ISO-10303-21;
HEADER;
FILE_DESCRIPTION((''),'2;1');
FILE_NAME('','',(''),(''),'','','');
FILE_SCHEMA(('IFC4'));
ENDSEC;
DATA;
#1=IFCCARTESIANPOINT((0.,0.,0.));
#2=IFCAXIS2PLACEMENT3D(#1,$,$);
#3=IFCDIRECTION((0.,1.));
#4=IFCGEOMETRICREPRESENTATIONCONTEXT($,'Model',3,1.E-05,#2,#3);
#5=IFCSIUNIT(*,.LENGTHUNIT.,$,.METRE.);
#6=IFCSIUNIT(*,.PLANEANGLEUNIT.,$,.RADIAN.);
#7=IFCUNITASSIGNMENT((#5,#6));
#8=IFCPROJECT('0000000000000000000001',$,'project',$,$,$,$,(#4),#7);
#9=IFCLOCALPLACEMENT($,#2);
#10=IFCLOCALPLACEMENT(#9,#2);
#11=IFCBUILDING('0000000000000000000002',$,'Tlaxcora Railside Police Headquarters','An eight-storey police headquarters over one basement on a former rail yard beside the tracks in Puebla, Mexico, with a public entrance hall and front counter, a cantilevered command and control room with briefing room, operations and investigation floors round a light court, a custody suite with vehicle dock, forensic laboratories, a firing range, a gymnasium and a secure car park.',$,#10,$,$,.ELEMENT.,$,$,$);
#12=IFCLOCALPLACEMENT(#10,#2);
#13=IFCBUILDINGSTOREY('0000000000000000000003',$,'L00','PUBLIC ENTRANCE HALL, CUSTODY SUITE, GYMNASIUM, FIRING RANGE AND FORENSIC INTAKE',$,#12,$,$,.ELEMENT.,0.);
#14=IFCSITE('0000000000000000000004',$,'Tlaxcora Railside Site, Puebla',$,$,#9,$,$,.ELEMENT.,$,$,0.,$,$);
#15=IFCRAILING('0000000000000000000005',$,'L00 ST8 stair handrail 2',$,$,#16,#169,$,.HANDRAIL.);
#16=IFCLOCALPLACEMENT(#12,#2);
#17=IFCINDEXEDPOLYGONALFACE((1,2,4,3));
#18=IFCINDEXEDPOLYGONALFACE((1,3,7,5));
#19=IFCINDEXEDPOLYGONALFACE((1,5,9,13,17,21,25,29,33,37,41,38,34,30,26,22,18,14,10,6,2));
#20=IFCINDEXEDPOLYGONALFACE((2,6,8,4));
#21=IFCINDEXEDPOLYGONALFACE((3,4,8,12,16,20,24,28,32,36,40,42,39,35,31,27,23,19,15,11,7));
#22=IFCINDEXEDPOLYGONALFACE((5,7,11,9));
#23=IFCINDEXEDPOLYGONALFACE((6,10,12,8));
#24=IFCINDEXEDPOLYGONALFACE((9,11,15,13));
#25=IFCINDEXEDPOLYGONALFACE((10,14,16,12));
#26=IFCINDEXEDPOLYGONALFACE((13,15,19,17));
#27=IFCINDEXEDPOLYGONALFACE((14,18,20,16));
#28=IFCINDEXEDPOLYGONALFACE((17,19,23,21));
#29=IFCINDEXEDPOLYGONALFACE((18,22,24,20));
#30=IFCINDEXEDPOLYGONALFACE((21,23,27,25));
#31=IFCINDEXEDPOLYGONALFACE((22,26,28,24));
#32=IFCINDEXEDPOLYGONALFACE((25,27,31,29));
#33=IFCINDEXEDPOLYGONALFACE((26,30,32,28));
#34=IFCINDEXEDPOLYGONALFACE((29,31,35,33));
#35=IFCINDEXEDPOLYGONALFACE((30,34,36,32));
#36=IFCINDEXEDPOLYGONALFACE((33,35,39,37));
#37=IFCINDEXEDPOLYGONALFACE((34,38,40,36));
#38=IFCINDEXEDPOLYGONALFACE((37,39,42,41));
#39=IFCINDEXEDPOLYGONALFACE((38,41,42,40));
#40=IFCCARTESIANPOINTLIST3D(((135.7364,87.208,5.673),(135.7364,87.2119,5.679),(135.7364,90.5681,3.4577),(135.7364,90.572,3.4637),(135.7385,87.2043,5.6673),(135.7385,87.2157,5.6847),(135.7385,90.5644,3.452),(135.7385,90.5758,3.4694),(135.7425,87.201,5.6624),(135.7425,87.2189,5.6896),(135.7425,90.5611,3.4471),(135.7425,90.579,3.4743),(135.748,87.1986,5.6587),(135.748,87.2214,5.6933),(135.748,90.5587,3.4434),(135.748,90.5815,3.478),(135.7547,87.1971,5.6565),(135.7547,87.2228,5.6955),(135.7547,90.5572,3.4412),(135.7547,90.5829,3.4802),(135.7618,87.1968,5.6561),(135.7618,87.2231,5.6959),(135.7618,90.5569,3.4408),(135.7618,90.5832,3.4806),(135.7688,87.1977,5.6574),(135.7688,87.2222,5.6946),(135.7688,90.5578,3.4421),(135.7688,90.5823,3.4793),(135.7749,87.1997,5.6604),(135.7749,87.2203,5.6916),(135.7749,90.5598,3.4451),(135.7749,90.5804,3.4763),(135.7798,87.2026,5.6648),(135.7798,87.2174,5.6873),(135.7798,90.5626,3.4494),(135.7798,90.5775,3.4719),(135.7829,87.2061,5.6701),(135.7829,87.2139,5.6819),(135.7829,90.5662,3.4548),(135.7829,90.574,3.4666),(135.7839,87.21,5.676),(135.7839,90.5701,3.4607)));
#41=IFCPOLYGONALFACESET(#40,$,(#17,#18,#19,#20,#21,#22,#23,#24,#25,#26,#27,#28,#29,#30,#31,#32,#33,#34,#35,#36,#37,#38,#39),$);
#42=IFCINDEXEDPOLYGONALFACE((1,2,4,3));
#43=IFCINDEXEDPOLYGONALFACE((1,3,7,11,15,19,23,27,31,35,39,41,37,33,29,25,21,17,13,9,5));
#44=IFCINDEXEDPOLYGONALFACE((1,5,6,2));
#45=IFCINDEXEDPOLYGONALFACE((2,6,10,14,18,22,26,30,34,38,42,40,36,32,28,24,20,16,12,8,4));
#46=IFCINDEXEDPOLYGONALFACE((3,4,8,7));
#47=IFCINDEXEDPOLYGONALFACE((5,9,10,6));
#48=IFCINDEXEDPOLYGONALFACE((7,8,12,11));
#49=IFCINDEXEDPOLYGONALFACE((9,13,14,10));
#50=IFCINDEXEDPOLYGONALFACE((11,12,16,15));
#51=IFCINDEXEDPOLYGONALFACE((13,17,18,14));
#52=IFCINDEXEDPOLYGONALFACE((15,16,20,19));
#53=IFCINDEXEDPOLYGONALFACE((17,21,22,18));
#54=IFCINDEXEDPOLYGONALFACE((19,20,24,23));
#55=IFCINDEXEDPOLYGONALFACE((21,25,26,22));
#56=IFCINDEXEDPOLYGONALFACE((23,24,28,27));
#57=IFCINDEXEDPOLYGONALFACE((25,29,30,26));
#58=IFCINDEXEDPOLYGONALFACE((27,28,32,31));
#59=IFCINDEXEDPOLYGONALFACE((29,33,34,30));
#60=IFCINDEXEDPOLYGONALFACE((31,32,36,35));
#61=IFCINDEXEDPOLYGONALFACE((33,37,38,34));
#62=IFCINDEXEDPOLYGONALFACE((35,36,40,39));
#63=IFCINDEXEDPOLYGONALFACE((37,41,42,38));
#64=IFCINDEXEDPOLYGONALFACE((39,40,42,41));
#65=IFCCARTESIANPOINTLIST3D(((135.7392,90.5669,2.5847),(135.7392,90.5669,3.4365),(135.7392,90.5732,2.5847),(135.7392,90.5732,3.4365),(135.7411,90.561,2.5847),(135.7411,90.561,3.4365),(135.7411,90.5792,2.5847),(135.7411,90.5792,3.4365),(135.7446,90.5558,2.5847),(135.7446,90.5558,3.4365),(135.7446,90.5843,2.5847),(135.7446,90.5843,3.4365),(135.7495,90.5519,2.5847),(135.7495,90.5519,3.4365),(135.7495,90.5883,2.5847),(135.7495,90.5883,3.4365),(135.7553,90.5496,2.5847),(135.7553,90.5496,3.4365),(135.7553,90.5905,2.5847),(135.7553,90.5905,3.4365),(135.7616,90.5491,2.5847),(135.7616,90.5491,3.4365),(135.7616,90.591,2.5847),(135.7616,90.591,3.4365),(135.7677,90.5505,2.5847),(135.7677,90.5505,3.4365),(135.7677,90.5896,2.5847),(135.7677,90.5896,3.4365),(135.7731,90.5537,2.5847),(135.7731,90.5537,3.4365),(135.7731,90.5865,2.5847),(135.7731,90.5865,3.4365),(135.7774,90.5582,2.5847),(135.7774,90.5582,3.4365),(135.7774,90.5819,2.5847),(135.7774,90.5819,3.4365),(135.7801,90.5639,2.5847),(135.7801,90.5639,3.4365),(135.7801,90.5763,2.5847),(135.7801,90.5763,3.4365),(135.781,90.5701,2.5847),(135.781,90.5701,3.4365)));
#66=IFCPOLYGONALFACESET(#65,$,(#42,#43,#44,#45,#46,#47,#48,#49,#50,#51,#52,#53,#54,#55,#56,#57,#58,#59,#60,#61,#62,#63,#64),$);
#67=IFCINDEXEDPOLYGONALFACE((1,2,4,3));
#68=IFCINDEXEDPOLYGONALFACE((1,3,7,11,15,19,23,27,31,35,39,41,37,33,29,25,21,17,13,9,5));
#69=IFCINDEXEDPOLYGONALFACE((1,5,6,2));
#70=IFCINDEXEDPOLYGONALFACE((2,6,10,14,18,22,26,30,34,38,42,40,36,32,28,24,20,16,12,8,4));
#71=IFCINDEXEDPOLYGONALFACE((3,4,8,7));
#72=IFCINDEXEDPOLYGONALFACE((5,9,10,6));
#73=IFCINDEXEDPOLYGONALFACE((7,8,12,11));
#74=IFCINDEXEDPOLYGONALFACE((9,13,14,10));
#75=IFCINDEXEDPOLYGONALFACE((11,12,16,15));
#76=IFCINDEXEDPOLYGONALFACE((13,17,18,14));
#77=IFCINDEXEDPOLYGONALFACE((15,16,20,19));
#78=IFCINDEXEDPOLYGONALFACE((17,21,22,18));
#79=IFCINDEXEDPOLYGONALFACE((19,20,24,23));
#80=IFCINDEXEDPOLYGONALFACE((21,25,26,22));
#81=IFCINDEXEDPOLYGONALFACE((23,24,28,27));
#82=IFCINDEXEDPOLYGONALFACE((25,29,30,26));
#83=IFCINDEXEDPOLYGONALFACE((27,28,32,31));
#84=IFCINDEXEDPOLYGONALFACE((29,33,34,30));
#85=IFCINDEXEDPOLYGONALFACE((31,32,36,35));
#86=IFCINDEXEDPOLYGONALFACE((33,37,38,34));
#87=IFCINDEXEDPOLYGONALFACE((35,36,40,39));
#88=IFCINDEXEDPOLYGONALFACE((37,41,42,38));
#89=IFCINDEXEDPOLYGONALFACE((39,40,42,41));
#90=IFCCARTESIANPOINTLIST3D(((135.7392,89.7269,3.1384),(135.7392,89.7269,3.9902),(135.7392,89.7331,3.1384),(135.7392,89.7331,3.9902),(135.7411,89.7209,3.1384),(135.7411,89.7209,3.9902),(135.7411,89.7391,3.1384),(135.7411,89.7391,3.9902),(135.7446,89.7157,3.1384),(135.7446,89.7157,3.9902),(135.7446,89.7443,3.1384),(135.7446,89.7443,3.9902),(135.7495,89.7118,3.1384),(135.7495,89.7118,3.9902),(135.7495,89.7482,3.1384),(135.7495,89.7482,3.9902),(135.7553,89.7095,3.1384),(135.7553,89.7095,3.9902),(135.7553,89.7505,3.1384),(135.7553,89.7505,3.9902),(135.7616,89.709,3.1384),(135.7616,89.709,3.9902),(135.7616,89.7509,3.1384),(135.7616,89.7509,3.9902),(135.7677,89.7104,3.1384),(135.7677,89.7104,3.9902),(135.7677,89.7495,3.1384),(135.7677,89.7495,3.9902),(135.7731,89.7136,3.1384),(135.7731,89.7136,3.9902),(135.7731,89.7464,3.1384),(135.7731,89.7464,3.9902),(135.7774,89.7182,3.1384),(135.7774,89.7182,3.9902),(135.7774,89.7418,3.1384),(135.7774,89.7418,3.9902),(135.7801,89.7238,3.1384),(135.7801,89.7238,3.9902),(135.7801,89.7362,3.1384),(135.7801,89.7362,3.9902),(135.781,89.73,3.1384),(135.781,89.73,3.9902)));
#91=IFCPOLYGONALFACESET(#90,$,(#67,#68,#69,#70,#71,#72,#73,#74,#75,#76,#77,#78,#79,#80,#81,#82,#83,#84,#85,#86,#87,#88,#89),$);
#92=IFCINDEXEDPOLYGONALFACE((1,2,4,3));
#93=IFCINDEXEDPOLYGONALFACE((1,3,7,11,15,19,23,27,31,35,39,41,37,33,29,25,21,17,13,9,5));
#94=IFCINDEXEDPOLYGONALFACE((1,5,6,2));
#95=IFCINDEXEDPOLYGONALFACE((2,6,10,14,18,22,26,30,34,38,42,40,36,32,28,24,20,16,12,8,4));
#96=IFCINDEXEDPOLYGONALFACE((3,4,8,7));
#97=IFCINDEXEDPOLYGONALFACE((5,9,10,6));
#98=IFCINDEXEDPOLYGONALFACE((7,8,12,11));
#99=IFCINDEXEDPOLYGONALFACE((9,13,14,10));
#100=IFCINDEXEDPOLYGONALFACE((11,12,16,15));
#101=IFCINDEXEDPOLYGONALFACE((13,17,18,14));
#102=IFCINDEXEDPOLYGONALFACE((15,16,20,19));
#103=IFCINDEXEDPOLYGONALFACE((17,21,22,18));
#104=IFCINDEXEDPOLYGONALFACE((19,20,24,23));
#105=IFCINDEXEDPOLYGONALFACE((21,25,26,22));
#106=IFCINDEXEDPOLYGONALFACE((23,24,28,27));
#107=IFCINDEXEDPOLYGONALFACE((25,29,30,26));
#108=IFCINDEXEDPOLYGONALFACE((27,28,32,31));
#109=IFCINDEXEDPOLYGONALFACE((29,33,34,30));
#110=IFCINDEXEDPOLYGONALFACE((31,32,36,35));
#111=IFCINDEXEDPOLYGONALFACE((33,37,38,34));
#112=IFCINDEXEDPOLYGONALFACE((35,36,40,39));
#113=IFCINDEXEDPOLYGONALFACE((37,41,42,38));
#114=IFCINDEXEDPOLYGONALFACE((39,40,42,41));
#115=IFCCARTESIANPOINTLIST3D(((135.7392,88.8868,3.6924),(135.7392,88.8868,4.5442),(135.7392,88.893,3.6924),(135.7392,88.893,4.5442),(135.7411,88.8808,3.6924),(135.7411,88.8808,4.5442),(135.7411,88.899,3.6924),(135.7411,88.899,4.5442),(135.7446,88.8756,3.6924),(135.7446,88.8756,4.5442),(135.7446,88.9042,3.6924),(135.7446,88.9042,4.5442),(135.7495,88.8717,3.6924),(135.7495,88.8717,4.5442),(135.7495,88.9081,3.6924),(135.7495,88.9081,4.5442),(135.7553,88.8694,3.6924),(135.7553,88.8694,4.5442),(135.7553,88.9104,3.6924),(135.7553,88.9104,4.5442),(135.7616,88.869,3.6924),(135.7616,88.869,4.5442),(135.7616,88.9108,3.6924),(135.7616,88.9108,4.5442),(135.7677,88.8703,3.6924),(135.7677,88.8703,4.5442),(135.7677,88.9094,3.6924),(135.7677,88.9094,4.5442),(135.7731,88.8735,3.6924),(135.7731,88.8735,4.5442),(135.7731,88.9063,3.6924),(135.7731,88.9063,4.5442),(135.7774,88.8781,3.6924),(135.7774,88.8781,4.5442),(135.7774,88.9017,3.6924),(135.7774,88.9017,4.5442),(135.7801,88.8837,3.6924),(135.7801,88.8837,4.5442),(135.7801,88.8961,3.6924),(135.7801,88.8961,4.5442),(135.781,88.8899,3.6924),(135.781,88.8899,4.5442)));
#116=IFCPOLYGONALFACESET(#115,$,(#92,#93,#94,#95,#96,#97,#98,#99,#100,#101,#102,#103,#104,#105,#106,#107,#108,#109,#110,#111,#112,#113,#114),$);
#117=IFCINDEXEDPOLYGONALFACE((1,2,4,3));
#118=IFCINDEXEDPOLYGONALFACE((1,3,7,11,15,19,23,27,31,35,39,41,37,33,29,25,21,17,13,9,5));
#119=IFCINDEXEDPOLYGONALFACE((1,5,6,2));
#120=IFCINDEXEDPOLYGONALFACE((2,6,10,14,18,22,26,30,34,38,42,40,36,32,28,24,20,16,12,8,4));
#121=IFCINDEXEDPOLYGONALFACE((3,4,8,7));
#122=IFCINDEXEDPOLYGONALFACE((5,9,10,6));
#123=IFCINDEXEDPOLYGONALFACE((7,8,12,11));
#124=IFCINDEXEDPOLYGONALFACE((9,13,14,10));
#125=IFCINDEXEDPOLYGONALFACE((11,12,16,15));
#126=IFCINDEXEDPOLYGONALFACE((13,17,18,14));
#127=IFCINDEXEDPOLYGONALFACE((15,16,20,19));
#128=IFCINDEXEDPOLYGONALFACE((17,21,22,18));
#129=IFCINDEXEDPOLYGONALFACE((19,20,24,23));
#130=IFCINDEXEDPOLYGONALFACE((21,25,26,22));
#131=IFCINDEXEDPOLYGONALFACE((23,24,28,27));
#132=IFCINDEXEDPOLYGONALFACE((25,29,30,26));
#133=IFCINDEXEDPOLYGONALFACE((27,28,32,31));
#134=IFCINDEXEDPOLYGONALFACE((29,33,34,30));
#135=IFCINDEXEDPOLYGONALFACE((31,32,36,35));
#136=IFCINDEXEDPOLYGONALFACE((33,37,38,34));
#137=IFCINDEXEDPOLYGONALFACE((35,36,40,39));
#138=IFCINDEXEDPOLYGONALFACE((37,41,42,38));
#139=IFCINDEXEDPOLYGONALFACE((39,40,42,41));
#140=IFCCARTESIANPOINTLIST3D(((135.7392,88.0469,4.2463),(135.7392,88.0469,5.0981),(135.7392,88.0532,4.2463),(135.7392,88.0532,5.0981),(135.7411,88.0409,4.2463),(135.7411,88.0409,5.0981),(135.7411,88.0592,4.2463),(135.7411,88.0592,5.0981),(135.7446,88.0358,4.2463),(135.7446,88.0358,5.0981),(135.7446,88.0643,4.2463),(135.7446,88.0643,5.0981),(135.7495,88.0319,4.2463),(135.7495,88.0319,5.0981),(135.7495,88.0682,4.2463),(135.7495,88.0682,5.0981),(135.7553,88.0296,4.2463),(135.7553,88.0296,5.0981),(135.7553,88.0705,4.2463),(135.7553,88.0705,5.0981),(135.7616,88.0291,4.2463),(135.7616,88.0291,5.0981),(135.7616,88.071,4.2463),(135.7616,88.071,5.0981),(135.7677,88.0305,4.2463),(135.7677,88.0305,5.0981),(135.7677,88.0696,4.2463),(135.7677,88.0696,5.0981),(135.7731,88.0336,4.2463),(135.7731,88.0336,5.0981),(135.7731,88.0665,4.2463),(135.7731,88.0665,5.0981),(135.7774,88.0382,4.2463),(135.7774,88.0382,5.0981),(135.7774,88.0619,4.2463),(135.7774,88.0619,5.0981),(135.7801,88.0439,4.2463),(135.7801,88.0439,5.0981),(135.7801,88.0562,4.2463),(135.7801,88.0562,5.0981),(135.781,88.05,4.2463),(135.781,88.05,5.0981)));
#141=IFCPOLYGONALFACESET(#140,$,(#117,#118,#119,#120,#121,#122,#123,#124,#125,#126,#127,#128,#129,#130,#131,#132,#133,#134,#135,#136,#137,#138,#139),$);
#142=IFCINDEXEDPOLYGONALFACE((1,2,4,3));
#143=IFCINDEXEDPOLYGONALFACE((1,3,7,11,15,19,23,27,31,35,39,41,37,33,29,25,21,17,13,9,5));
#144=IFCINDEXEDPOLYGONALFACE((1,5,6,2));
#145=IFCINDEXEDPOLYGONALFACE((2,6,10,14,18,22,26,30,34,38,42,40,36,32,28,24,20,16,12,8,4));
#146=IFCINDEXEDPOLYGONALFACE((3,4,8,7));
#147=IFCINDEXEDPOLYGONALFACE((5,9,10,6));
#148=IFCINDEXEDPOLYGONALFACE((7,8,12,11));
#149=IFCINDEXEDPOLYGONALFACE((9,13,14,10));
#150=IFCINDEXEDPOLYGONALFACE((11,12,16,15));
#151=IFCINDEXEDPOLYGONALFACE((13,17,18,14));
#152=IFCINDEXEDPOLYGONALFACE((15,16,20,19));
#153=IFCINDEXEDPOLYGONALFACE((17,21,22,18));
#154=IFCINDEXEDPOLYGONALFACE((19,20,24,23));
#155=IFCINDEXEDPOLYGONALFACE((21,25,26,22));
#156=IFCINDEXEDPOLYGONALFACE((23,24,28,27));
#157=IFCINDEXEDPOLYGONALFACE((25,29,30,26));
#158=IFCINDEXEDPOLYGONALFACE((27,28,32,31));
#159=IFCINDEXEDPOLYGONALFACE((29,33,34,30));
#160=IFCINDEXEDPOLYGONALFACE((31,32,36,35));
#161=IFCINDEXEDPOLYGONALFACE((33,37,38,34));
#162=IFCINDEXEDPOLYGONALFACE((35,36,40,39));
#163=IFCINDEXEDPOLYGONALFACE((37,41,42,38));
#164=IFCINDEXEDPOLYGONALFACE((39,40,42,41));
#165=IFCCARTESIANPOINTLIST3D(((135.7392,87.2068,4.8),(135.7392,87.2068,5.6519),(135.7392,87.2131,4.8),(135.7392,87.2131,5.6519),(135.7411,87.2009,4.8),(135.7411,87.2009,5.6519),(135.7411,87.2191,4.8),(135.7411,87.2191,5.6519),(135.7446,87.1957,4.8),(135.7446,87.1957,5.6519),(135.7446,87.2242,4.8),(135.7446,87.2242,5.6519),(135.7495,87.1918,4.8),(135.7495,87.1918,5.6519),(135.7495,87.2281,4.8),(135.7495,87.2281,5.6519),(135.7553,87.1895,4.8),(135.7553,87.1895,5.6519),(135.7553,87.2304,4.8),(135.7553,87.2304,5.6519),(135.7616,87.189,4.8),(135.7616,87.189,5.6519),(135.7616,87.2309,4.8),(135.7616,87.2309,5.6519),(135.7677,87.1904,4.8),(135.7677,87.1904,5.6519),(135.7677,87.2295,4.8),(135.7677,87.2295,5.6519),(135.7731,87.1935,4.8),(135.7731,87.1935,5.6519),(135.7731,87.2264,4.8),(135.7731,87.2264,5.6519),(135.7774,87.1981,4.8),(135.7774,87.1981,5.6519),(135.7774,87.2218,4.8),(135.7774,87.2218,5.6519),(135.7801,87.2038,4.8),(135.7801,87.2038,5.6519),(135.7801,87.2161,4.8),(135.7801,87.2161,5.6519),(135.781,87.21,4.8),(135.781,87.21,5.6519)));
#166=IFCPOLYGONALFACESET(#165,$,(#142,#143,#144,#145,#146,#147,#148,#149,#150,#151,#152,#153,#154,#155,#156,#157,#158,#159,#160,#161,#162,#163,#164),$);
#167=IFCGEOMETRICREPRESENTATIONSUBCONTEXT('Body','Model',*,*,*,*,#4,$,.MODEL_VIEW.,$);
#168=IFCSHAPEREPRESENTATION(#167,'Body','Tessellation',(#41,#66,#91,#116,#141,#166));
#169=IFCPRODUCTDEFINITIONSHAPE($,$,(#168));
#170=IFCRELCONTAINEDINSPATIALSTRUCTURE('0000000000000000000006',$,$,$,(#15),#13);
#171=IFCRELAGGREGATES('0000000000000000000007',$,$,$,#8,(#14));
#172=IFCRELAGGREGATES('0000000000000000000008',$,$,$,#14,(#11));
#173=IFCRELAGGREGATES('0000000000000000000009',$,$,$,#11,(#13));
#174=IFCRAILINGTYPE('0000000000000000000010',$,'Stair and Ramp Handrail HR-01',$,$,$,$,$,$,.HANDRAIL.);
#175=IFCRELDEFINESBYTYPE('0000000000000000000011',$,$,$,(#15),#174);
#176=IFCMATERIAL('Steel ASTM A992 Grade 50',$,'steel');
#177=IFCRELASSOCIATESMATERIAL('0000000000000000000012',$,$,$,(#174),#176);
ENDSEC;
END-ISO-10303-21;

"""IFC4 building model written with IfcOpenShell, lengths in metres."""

from ifc_helpers import new_model, si_unit, direction, frame, origin, origin_2d, place, context, subcontext, project, spatial, circle, extrude, material, type_object, element, save


model = new_model("IFC4")

# Units and contexts
model_context = context("Model", 3, precision=1e-05, world=origin(), true_north=direction((0.0, 1.0)))
body_context = subcontext(model_context, "Body", "Model", "MODEL_VIEW")
ifc_project = project(units=[si_unit("LENGTHUNIT", "METRE"), si_unit("PLANEANGLEUNIT", "RADIAN")], contexts=[model_context])

# Site, building, storey
site_placement = place(None, origin())
site = spatial("IfcSite", under=ifc_project, at=site_placement, Name="Tlaxcora Railside Site, Puebla", CompositionType="ELEMENT", RefElevation=0.0)
building_placement = place(site_placement, origin())
building = spatial("IfcBuilding", under=site, at=building_placement, Name="Tlaxcora Railside Police Headquarters", Description="An eight-storey police headquarters over one basement on a former rail yard beside the tracks in Puebla, Mexico, with a public entrance hall and front counter, a cantilevered command and control room with briefing room, operations and investigation floors round a light court, a custody suite with vehicle dock, forensic laboratories, a firing range, a gymnasium and a secure car park.", CompositionType="ELEMENT")
storey_placement = place(building_placement, origin())
storey = spatial("IfcBuildingStorey", under=building, at=storey_placement, Name="L00", Description="PUBLIC ENTRANCE HALL, CUSTODY SUITE, GYMNASIUM, FIRING RANGE AND FORENSIC INTAKE", CompositionType="ELEMENT", Elevation=0.0)

# Shared definitions
ifc_material_1 = material(Name="Steel ASTM A992 Grade 50", Category="steel")

# Railing
railing_type_1 = type_object("IfcRailingType", Name="Stair and Ramp Handrail HR-01", PredefinedType="HANDRAIL", material=ifc_material_1)
railing_1_placement = place(storey_placement, frame((135.76, 90.5701, 2.5847)))
element("IfcRailing", 1, at=railing_1_placement, inside=storey, type_object=railing_type_1, Name="L00 ST8 stair handrail 2", PredefinedType="HANDRAIL", context=body_context, shape_type="SweptSolid", body=[
    extrude(circle(Radius=0.0239, at=origin_2d()), frame((0.0, 0.0, 0.876), z_axis=(0.0, -0.834876, 0.550437), x_axis=(1.0, 0.0, 0.0)), (0.0, 0.0, 1.0), 4.0247),
    extrude(circle(Radius=0.021, at=origin_2d()), origin(), (0.0, 0.0, 1.0), 0.8518),
    extrude(circle(Radius=0.021, at=origin_2d()), frame((0.0, -0.8401, 0.5537)), (0.0, 0.0, 1.0), 0.8518),
    extrude(circle(Radius=0.021, at=origin_2d()), frame((0.0, -1.6802, 1.1077)), (0.0, 0.0, 1.0), 0.8518),
    extrude(circle(Radius=0.021, at=origin_2d()), frame((0.0, -2.52, 1.6616)), (0.0, 0.0, 1.0), 0.8518),
    extrude(circle(Radius=0.021, at=origin_2d()), frame((0.0, -3.3601, 2.2153)), (0.0, 0.0, 1.0), 0.8518),
])

save(model, "model.ifc")
